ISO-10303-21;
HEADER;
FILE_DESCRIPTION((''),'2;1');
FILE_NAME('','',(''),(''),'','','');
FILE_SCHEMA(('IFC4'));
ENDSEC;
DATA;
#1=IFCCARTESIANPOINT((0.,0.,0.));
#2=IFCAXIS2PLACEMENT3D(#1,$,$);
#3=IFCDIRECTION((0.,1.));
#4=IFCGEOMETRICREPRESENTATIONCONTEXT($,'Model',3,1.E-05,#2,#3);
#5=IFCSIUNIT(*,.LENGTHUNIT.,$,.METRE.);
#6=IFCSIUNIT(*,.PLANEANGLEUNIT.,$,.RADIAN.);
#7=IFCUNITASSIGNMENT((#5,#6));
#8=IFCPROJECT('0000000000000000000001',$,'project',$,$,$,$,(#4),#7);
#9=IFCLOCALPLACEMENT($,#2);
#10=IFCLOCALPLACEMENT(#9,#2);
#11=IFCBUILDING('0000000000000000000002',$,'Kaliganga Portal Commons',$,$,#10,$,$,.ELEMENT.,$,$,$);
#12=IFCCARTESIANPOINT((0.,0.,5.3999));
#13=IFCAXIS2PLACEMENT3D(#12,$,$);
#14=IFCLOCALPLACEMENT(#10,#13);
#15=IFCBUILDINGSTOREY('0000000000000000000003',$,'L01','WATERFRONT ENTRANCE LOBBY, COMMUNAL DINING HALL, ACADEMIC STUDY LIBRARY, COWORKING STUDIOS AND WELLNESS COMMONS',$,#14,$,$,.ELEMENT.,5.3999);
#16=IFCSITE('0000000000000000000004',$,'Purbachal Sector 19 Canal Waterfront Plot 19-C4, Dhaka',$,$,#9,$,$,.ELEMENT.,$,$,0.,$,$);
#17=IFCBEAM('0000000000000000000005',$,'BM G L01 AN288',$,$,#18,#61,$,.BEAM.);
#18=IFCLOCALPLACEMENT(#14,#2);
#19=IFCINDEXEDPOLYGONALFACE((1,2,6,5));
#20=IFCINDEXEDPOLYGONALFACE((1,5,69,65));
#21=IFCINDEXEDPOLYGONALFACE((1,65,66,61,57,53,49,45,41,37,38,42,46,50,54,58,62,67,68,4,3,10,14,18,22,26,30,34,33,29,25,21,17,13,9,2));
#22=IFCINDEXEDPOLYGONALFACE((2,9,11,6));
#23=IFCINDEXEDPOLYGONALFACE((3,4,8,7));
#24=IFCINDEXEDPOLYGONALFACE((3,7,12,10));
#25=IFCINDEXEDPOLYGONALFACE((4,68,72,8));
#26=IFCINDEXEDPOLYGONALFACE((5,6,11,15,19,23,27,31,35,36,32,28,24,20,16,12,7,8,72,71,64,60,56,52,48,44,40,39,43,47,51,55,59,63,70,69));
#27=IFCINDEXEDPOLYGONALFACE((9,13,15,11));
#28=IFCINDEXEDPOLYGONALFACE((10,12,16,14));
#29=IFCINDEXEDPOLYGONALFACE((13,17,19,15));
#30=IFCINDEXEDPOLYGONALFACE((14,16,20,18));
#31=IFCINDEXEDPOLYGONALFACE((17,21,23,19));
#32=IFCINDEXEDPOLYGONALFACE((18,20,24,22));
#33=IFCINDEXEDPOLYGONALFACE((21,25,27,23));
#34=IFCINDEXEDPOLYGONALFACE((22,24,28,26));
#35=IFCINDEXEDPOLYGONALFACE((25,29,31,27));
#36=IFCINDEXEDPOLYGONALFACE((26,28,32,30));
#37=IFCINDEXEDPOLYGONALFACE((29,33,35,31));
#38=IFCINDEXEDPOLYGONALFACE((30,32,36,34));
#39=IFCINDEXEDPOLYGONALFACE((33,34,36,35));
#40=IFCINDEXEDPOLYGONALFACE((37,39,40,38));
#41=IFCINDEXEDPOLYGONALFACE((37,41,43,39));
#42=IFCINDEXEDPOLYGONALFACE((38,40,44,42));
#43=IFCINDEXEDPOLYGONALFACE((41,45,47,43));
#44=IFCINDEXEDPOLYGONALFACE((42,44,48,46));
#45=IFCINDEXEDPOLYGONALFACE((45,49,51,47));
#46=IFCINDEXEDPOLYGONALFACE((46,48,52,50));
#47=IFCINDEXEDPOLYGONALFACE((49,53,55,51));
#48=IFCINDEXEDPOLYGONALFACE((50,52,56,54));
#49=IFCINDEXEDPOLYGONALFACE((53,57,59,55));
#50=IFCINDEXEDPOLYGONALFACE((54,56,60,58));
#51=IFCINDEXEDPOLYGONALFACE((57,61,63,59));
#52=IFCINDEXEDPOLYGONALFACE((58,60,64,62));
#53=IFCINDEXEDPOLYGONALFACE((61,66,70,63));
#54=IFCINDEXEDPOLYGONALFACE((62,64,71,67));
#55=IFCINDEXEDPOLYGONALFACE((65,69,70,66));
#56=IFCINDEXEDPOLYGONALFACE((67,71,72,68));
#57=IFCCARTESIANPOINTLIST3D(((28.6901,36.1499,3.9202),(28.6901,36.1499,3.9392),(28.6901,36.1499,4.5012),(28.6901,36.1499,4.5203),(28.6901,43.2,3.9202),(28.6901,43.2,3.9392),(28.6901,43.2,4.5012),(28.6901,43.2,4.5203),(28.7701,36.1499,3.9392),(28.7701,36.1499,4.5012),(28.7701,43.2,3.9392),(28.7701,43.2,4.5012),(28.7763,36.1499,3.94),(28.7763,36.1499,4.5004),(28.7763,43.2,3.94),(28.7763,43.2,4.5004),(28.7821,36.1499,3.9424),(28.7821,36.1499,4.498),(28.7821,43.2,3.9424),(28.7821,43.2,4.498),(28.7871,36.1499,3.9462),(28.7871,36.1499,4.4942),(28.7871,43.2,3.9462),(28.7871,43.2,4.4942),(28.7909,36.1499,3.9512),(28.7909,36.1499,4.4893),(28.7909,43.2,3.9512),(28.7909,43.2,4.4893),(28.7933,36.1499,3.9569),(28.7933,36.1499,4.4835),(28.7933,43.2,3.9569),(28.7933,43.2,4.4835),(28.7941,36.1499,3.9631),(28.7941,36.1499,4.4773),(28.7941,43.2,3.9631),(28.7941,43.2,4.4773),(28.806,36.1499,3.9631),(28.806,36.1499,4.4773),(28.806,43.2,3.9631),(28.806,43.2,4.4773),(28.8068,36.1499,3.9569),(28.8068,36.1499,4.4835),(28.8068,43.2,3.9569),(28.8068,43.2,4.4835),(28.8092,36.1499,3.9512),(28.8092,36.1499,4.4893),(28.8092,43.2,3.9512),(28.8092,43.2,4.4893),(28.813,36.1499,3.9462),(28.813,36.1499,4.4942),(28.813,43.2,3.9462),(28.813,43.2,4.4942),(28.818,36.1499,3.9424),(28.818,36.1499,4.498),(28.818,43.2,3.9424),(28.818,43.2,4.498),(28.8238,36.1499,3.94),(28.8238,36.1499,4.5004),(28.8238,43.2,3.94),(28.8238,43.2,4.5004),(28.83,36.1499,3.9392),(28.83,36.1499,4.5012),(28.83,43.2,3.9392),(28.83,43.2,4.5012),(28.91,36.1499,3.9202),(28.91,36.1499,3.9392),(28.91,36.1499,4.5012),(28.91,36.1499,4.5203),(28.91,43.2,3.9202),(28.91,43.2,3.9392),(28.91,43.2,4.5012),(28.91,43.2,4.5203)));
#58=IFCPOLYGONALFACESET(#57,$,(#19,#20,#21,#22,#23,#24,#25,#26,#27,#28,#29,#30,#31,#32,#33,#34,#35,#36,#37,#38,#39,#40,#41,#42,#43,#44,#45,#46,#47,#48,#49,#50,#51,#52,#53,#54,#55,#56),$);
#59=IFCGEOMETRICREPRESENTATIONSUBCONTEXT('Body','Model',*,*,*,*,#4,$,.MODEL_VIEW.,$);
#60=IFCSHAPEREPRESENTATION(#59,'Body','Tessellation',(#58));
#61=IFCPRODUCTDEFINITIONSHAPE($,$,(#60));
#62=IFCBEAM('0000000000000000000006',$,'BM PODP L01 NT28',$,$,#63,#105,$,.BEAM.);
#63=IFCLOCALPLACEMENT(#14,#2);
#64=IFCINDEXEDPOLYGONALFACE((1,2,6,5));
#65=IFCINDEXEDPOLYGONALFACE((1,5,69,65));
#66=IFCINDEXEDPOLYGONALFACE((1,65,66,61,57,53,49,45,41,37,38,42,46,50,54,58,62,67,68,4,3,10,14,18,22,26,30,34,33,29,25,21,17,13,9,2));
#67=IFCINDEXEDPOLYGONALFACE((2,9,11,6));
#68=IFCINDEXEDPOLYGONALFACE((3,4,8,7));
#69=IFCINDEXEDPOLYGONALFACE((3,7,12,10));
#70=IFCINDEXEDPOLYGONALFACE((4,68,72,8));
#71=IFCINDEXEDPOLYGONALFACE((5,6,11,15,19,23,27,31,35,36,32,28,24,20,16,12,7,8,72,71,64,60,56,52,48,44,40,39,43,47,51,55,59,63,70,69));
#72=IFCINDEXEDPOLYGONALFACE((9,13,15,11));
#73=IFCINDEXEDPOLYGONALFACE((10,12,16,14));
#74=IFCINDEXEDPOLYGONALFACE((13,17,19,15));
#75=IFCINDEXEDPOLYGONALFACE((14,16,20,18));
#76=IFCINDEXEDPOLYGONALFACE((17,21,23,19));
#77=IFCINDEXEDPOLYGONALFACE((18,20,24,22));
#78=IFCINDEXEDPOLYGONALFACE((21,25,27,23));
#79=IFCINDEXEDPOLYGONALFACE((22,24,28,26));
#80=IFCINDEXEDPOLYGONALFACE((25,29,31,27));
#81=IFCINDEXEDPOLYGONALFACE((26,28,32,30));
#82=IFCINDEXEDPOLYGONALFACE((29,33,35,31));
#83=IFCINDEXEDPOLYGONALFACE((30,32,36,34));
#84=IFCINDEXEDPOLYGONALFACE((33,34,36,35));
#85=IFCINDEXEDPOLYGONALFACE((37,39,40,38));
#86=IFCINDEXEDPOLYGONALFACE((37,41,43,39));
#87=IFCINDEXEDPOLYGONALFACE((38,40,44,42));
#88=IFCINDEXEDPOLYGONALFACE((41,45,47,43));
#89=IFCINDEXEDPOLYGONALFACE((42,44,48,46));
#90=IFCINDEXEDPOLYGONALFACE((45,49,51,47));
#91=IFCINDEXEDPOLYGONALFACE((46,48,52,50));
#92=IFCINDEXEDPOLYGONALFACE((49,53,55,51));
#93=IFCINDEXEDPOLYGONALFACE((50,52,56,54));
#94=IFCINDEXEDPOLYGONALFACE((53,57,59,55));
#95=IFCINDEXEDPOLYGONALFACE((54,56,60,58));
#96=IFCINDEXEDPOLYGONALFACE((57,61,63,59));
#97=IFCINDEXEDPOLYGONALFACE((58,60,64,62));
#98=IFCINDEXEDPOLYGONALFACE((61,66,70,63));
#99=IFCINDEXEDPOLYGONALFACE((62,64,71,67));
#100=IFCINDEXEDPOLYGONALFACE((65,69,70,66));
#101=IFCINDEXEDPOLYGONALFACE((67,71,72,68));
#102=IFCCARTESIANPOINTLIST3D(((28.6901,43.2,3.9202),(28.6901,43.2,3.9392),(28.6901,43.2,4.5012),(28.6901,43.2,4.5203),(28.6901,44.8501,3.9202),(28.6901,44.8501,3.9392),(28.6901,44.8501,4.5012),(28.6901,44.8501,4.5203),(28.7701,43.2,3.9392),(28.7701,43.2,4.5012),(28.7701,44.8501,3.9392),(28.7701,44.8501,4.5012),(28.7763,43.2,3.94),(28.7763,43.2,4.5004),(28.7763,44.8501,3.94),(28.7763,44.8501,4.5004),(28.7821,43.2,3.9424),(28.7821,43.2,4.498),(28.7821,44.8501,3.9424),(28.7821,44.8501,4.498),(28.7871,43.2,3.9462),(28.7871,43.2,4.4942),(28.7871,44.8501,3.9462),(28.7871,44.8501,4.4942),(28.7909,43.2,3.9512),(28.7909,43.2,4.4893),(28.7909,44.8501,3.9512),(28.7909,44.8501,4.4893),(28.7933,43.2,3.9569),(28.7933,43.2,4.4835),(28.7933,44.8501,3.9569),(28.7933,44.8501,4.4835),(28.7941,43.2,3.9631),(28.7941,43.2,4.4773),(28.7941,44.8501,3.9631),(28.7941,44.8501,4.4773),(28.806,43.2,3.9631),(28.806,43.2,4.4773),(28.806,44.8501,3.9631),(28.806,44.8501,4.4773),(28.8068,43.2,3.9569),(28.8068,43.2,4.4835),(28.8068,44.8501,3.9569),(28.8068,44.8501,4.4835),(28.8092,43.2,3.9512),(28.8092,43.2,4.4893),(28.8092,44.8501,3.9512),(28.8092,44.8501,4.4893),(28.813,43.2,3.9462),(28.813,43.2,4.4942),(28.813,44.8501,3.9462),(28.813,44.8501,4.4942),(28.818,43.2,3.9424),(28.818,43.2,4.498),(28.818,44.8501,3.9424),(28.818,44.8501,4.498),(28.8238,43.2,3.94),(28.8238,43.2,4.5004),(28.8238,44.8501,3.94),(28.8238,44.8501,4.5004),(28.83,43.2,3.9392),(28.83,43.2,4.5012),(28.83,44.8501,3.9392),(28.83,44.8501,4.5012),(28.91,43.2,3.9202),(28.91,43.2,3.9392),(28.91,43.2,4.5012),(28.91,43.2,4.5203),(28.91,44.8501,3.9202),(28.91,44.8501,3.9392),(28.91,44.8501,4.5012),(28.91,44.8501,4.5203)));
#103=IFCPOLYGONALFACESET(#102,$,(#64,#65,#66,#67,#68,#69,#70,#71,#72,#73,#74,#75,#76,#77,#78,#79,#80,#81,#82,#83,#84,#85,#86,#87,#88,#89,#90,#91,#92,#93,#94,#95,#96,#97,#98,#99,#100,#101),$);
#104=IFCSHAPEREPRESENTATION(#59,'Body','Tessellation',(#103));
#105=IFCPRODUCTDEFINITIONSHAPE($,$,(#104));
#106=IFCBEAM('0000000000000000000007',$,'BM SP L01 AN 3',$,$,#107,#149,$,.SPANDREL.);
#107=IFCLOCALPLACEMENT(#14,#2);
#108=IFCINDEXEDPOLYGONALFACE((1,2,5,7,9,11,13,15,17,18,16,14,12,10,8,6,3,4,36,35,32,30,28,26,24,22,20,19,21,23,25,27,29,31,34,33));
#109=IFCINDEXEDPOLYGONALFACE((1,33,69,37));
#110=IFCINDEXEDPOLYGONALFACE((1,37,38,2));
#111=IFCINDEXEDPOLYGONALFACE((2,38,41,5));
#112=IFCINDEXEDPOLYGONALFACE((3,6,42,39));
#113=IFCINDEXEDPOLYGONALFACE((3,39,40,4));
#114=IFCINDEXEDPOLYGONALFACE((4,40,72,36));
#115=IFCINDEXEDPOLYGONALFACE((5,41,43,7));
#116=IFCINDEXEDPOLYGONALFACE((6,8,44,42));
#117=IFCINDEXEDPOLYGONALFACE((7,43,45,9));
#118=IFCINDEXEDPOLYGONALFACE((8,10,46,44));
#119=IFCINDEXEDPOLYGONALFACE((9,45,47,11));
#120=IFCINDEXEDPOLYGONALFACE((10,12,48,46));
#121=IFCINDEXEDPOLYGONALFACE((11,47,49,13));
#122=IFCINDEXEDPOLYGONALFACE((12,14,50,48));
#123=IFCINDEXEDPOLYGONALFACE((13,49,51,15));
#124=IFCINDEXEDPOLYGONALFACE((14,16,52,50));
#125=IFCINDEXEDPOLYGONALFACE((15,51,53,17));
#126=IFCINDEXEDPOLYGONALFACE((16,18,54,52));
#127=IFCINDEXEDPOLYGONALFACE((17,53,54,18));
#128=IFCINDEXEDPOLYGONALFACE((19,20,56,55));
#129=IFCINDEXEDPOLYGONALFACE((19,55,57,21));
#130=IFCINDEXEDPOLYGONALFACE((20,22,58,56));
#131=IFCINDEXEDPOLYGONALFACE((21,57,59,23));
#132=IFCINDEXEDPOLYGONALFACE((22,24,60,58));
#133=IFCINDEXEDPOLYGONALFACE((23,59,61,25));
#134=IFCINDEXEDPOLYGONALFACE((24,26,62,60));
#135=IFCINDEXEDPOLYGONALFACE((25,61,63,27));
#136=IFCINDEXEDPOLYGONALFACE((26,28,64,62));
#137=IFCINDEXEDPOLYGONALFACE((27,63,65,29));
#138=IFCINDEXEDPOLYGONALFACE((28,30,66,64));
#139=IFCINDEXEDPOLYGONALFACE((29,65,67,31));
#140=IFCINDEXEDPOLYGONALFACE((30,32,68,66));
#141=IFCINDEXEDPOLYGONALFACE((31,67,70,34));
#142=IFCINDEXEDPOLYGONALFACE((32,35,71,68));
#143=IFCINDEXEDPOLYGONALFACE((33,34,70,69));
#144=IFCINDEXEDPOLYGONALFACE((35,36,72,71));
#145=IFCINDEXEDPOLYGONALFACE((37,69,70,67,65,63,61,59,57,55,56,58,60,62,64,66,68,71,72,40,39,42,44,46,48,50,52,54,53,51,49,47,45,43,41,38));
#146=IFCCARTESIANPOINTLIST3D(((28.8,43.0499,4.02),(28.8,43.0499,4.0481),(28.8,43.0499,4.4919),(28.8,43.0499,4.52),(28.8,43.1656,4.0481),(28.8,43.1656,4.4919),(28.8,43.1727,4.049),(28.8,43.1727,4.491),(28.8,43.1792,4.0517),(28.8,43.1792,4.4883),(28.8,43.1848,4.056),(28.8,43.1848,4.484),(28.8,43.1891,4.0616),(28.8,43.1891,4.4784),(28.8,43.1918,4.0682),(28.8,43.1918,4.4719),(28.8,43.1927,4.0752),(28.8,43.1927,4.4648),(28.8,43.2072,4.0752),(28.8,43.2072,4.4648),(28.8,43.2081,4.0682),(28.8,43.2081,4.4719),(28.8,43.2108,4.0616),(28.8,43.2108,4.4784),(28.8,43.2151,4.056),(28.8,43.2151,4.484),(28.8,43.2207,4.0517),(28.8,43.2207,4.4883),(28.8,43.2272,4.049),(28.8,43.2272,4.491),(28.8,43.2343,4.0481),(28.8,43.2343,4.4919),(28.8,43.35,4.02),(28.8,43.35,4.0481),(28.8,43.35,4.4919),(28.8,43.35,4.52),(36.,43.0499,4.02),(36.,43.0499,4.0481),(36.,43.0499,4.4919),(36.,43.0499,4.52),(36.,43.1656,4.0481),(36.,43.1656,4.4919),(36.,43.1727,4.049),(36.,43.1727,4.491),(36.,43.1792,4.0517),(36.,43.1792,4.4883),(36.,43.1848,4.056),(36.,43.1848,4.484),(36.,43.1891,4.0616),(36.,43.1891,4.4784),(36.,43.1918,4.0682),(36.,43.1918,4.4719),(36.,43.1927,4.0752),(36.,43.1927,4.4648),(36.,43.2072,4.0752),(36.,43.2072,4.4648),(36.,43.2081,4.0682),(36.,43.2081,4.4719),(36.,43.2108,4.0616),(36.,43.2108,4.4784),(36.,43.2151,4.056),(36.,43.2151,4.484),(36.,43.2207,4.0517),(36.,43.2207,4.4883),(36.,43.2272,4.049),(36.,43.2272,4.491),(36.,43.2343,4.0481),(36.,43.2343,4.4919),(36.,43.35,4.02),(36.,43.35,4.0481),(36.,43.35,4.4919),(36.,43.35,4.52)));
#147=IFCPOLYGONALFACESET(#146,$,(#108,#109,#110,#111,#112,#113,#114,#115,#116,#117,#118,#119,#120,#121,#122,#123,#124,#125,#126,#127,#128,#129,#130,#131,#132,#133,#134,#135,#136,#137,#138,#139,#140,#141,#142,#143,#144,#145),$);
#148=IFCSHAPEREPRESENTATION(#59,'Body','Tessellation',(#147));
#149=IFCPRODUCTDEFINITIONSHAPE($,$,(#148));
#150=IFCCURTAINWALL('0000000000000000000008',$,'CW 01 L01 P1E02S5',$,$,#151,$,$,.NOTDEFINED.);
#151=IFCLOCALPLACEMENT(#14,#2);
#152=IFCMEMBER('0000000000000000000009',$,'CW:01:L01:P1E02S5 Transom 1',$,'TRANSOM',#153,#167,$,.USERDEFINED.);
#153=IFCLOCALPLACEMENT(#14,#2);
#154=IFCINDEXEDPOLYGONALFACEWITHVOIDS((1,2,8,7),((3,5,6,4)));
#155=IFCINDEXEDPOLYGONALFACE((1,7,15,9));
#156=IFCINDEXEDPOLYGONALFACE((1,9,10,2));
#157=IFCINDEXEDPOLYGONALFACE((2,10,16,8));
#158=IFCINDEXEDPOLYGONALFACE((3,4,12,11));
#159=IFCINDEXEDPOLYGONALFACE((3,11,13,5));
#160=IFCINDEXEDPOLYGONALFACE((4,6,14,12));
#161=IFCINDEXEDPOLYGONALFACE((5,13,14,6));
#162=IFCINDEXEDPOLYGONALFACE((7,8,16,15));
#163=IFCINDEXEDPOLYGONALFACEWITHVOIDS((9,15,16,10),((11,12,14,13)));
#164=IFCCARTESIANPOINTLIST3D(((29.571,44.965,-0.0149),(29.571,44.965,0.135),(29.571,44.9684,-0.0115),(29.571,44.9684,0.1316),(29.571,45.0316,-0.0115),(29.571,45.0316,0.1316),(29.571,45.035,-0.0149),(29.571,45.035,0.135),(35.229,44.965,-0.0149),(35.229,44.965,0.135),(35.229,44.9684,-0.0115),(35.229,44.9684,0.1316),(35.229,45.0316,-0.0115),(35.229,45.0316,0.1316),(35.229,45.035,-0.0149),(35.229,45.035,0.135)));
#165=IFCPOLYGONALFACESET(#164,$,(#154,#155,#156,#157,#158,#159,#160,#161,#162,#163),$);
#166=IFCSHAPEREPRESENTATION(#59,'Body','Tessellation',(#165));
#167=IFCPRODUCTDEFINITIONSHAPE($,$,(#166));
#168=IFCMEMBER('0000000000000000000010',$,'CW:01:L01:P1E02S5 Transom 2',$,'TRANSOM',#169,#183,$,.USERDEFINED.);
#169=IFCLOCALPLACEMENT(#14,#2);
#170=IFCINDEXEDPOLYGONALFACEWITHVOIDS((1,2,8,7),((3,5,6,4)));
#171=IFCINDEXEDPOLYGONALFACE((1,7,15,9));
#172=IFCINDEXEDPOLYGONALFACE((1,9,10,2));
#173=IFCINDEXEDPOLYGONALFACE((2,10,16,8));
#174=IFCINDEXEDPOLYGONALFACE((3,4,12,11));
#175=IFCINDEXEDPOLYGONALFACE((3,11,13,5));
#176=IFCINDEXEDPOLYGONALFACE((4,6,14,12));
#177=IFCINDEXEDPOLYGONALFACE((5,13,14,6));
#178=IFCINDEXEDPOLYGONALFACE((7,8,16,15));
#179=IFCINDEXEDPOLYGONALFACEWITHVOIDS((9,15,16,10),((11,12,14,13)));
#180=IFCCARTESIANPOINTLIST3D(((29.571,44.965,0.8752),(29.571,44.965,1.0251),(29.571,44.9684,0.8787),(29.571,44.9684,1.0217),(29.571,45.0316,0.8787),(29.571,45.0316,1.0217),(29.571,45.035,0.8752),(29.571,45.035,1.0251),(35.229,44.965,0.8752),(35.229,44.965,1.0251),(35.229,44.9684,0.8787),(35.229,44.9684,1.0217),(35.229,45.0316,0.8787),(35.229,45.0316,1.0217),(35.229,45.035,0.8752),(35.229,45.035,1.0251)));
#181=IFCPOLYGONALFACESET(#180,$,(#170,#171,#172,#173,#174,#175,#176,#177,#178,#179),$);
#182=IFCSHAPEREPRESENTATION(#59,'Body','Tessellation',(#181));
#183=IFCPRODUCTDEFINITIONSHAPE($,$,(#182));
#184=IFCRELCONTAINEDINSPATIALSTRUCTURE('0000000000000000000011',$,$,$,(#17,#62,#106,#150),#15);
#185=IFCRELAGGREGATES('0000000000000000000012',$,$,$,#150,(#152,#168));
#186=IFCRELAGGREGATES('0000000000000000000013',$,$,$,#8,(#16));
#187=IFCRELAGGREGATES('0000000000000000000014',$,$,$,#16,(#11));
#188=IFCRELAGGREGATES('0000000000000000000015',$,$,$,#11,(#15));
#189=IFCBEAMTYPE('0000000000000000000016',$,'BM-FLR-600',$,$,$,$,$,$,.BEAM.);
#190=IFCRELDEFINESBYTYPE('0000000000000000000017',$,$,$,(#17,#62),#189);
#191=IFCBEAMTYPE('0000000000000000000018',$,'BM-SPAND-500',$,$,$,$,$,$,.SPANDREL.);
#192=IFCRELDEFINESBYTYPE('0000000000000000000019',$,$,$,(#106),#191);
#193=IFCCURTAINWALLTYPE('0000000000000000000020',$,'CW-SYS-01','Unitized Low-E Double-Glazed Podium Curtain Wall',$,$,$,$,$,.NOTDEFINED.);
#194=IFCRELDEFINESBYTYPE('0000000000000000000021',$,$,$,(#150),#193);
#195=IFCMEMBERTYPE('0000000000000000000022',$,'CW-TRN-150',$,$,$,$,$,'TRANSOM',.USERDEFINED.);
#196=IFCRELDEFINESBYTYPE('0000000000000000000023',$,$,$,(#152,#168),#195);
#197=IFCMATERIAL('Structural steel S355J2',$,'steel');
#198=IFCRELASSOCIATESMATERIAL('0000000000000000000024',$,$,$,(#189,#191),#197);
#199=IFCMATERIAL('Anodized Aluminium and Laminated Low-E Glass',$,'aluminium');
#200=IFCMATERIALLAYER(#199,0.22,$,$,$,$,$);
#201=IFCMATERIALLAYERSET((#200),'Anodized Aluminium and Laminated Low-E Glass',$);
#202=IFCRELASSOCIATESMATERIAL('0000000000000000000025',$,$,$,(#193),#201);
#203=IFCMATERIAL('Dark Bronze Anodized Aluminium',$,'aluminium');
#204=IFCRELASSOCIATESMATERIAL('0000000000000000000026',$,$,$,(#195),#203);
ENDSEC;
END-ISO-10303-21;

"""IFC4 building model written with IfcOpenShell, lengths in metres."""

from ifc_helpers import new_model, si_unit, direction, frame, origin, origin_2d, place, context, subcontext, project, spatial, hollow_rectangle, i_section, extrude, source, transform, mapped, material, layer, layer_set, material_profile, profile_set, type_object, element, aggregate, save


model = new_model("IFC4")

# Units and contexts
model_context = context("Model", 3, precision=1e-05, world=origin(), true_north=direction((0.0, 1.0)))
body_context = subcontext(model_context, "Body", "Model", "MODEL_VIEW")
ifc_project = project(units=[si_unit("LENGTHUNIT", "METRE"), si_unit("PLANEANGLEUNIT", "RADIAN")], contexts=[model_context])

# Site, building, storey
site_placement = place(None, origin())
site = spatial("IfcSite", under=ifc_project, at=site_placement, Name="Purbachal Sector 19 Canal Waterfront Plot 19-C4, Dhaka", CompositionType="ELEMENT", RefElevation=0.0)
building_placement = place(site_placement, origin())
building = spatial("IfcBuilding", under=site, at=building_placement, Name="Kaliganga Portal Commons", CompositionType="ELEMENT")
storey_placement = place(building_placement, frame((0.0, 0.0, 5.3999)))
storey = spatial("IfcBuildingStorey", under=building, at=storey_placement, Name="L01", Description="WATERFRONT ENTRANCE LOBBY, COMMUNAL DINING HALL, ACADEMIC STUDY LIBRARY, COWORKING STUDIOS AND WELLNESS COMMONS", CompositionType="ELEMENT", Elevation=5.3999)

# Beams
ifc_material_1 = material(Name="Structural steel S355J2", Category="steel")
ifc_material_profile_1 = material_profile(ifc_material_1, i_section(OverallWidth=0.22, OverallDepth=0.6001, WebThickness=0.012, FlangeThickness=0.019, FilletRadius=0.0239, at=origin_2d()), Name="IPE 600")
ifc_profile_set_1 = profile_set([ifc_material_profile_1], Name="Structural steel S355J2 wide-flange")
beam_type_1 = type_object("IfcBeamType", Name="BM-FLR-600", PredefinedType="BEAM", material=ifc_profile_set_1)
shared_shape_1 = source(origin(), body_context, "Body", "SweptSolid", [
    extrude(i_section(OverallWidth=0.22, OverallDepth=0.6001, WebThickness=0.012, FlangeThickness=0.019, FilletRadius=0.0239, at=origin_2d()), origin(), (0.0, 0.0, 1.0), 7.05),
])
beam_1_placement = place(storey_placement, frame((28.8, 36.1499, 4.2202), z_axis=(0.0, 1.0, 0.0), x_axis=(-1.0, 0.0, 0.0)))
element("IfcBeam", 1, at=beam_1_placement, inside=storey, type_object=beam_type_1, Name="BM G L01 AN288", PredefinedType="BEAM", context=body_context, shape_type="MappedRepresentation", body=[
    mapped(shared_shape_1, transform((0.0, 0.0, 0.0), x_axis=(1.0, 0.0, 0.0), y_axis=(0.0, 1.0, 0.0), z_axis=(0.0, 0.0, 1.0), scale=1.0)),
])
shared_shape_2 = source(origin(), body_context, "Body", "SweptSolid", [
    extrude(i_section(OverallWidth=0.22, OverallDepth=0.6001, WebThickness=0.012, FlangeThickness=0.019, FilletRadius=0.0239, at=origin_2d()), origin(), (0.0, 0.0, 1.0), 1.6501),
])
beam_2_placement = place(storey_placement, frame((28.8, 43.2, 4.2202), z_axis=(0.0, 1.0, 0.0), x_axis=(-1.0, 0.0, 0.0)))
element("IfcBeam", 2, at=beam_2_placement, inside=storey, type_object=beam_type_1, Name="BM PODP L01 NT28", PredefinedType="BEAM", context=body_context, shape_type="MappedRepresentation", body=[
    mapped(shared_shape_2, transform((0.0, 0.0, 0.0), x_axis=(1.0, 0.0, 0.0), y_axis=(0.0, 1.0, 0.0), z_axis=(0.0, 0.0, 1.0), scale=1.0)),
])
ifc_material_profile_2 = material_profile(ifc_material_1, i_section(OverallWidth=0.3, OverallDepth=0.5, WebThickness=0.0144, FlangeThickness=0.0281, FilletRadius=0.0271, at=origin_2d()), Name="HE 500 B")
ifc_profile_set_2 = profile_set([ifc_material_profile_2], Name="Structural steel S355J2 wide-flange")
beam_type_2 = type_object("IfcBeamType", Name="BM-SPAND-500", PredefinedType="SPANDREL", material=ifc_profile_set_2)
shared_shape_3 = source(origin(), body_context, "Body", "SweptSolid", [
    extrude(i_section(OverallWidth=0.3, OverallDepth=0.5, WebThickness=0.0144, FlangeThickness=0.0281, FilletRadius=0.0271, at=origin_2d()), origin(), (0.0, 0.0, 1.0), 7.2),
])
beam_3_placement = place(storey_placement, frame((28.8, 43.2, 4.27), z_axis=(1.0, 0.0, 0.0), x_axis=(0.0, 1.0, 0.0)))
element("IfcBeam", 3, at=beam_3_placement, inside=storey, type_object=beam_type_2, Name="BM SP L01 AN 3", PredefinedType="SPANDREL", context=body_context, shape_type="MappedRepresentation", body=[
    mapped(shared_shape_3, transform((0.0, 0.0, 0.0), x_axis=(1.0, 0.0, 0.0), y_axis=(0.0, 1.0, 0.0), z_axis=(0.0, 0.0, 1.0), scale=1.0)),
])

# Curtain wall, members
ifc_material_2 = material(Name="Anodized Aluminium and Laminated Low-E Glass", Category="aluminium")
ifc_layer_1 = layer(ifc_material_2, 0.22)
ifc_layer_set_1 = layer_set([ifc_layer_1], Name="Anodized Aluminium and Laminated Low-E Glass")
curtain_wall_type = type_object("IfcCurtainWallType", Name="CW-SYS-01", Description="Unitized Low-E Double-Glazed Podium Curtain Wall", PredefinedType="NOTDEFINED", material=ifc_layer_set_1)
curtain_wall_1_placement = place(storey_placement, origin())
curtain_wall_1 = element("IfcCurtainWall", 4, at=curtain_wall_1_placement, inside=storey, type_object=curtain_wall_type, Name="CW 01 L01 P1E02S5", PredefinedType="NOTDEFINED")
ifc_material_3 = material(Name="Dark Bronze Anodized Aluminium", Category="aluminium")
ifc_material_profile_3 = material_profile(ifc_material_3, hollow_rectangle(XDim=0.0701, YDim=0.1499, WallThickness=0.0034, at=origin_2d()), Name="ALU TRAN 70x150x3.5")
ifc_profile_set_3 = profile_set([ifc_material_profile_3], Name="Dark Bronze Anodized Aluminium")
member_type_1 = type_object("IfcMemberType", Name="CW-TRN-150", ElementType="TRANSOM", PredefinedType="USERDEFINED", material=ifc_profile_set_3)
shared_shape_4 = source(origin(), body_context, "Body", "SweptSolid", [
    extrude(hollow_rectangle(XDim=0.0701, YDim=0.1499, WallThickness=0.0034, at=origin_2d()), origin(), (0.0, 0.0, 1.0), 5.658),
])
member_1_placement = place(storey_placement, frame((35.229, 45.0, 0.0601), z_axis=(-1.0, 0.0, 0.0), x_axis=(0.0, -1.0, 0.0)))
member_1 = element("IfcMember", 5, at=member_1_placement, type_object=member_type_1, Name="CW:01:L01:P1E02S5 Transom 1", ObjectType="TRANSOM", PredefinedType="USERDEFINED", context=body_context, shape_type="MappedRepresentation", body=[
    mapped(shared_shape_4, transform((0.0, 0.0, 0.0), x_axis=(1.0, 0.0, 0.0), y_axis=(0.0, 1.0, 0.0), z_axis=(0.0, 0.0, 1.0), scale=1.0)),
])
member_2_placement = place(storey_placement, frame((35.229, 45.0, 0.9502), z_axis=(-1.0, 0.0, 0.0), x_axis=(0.0, -1.0, 0.0)))
member_2 = element("IfcMember", 6, at=member_2_placement, type_object=member_type_1, Name="CW:01:L01:P1E02S5 Transom 2", ObjectType="TRANSOM", PredefinedType="USERDEFINED", context=body_context, shape_type="MappedRepresentation", body=[
    mapped(shared_shape_4, transform((0.0, 0.0, 0.0), x_axis=(1.0, 0.0, 0.0), y_axis=(0.0, 1.0, 0.0), z_axis=(0.0, 0.0, 1.0), scale=1.0)),
])

aggregate(curtain_wall_1, [member_1, member_2])

save(model, "model.ifc")
